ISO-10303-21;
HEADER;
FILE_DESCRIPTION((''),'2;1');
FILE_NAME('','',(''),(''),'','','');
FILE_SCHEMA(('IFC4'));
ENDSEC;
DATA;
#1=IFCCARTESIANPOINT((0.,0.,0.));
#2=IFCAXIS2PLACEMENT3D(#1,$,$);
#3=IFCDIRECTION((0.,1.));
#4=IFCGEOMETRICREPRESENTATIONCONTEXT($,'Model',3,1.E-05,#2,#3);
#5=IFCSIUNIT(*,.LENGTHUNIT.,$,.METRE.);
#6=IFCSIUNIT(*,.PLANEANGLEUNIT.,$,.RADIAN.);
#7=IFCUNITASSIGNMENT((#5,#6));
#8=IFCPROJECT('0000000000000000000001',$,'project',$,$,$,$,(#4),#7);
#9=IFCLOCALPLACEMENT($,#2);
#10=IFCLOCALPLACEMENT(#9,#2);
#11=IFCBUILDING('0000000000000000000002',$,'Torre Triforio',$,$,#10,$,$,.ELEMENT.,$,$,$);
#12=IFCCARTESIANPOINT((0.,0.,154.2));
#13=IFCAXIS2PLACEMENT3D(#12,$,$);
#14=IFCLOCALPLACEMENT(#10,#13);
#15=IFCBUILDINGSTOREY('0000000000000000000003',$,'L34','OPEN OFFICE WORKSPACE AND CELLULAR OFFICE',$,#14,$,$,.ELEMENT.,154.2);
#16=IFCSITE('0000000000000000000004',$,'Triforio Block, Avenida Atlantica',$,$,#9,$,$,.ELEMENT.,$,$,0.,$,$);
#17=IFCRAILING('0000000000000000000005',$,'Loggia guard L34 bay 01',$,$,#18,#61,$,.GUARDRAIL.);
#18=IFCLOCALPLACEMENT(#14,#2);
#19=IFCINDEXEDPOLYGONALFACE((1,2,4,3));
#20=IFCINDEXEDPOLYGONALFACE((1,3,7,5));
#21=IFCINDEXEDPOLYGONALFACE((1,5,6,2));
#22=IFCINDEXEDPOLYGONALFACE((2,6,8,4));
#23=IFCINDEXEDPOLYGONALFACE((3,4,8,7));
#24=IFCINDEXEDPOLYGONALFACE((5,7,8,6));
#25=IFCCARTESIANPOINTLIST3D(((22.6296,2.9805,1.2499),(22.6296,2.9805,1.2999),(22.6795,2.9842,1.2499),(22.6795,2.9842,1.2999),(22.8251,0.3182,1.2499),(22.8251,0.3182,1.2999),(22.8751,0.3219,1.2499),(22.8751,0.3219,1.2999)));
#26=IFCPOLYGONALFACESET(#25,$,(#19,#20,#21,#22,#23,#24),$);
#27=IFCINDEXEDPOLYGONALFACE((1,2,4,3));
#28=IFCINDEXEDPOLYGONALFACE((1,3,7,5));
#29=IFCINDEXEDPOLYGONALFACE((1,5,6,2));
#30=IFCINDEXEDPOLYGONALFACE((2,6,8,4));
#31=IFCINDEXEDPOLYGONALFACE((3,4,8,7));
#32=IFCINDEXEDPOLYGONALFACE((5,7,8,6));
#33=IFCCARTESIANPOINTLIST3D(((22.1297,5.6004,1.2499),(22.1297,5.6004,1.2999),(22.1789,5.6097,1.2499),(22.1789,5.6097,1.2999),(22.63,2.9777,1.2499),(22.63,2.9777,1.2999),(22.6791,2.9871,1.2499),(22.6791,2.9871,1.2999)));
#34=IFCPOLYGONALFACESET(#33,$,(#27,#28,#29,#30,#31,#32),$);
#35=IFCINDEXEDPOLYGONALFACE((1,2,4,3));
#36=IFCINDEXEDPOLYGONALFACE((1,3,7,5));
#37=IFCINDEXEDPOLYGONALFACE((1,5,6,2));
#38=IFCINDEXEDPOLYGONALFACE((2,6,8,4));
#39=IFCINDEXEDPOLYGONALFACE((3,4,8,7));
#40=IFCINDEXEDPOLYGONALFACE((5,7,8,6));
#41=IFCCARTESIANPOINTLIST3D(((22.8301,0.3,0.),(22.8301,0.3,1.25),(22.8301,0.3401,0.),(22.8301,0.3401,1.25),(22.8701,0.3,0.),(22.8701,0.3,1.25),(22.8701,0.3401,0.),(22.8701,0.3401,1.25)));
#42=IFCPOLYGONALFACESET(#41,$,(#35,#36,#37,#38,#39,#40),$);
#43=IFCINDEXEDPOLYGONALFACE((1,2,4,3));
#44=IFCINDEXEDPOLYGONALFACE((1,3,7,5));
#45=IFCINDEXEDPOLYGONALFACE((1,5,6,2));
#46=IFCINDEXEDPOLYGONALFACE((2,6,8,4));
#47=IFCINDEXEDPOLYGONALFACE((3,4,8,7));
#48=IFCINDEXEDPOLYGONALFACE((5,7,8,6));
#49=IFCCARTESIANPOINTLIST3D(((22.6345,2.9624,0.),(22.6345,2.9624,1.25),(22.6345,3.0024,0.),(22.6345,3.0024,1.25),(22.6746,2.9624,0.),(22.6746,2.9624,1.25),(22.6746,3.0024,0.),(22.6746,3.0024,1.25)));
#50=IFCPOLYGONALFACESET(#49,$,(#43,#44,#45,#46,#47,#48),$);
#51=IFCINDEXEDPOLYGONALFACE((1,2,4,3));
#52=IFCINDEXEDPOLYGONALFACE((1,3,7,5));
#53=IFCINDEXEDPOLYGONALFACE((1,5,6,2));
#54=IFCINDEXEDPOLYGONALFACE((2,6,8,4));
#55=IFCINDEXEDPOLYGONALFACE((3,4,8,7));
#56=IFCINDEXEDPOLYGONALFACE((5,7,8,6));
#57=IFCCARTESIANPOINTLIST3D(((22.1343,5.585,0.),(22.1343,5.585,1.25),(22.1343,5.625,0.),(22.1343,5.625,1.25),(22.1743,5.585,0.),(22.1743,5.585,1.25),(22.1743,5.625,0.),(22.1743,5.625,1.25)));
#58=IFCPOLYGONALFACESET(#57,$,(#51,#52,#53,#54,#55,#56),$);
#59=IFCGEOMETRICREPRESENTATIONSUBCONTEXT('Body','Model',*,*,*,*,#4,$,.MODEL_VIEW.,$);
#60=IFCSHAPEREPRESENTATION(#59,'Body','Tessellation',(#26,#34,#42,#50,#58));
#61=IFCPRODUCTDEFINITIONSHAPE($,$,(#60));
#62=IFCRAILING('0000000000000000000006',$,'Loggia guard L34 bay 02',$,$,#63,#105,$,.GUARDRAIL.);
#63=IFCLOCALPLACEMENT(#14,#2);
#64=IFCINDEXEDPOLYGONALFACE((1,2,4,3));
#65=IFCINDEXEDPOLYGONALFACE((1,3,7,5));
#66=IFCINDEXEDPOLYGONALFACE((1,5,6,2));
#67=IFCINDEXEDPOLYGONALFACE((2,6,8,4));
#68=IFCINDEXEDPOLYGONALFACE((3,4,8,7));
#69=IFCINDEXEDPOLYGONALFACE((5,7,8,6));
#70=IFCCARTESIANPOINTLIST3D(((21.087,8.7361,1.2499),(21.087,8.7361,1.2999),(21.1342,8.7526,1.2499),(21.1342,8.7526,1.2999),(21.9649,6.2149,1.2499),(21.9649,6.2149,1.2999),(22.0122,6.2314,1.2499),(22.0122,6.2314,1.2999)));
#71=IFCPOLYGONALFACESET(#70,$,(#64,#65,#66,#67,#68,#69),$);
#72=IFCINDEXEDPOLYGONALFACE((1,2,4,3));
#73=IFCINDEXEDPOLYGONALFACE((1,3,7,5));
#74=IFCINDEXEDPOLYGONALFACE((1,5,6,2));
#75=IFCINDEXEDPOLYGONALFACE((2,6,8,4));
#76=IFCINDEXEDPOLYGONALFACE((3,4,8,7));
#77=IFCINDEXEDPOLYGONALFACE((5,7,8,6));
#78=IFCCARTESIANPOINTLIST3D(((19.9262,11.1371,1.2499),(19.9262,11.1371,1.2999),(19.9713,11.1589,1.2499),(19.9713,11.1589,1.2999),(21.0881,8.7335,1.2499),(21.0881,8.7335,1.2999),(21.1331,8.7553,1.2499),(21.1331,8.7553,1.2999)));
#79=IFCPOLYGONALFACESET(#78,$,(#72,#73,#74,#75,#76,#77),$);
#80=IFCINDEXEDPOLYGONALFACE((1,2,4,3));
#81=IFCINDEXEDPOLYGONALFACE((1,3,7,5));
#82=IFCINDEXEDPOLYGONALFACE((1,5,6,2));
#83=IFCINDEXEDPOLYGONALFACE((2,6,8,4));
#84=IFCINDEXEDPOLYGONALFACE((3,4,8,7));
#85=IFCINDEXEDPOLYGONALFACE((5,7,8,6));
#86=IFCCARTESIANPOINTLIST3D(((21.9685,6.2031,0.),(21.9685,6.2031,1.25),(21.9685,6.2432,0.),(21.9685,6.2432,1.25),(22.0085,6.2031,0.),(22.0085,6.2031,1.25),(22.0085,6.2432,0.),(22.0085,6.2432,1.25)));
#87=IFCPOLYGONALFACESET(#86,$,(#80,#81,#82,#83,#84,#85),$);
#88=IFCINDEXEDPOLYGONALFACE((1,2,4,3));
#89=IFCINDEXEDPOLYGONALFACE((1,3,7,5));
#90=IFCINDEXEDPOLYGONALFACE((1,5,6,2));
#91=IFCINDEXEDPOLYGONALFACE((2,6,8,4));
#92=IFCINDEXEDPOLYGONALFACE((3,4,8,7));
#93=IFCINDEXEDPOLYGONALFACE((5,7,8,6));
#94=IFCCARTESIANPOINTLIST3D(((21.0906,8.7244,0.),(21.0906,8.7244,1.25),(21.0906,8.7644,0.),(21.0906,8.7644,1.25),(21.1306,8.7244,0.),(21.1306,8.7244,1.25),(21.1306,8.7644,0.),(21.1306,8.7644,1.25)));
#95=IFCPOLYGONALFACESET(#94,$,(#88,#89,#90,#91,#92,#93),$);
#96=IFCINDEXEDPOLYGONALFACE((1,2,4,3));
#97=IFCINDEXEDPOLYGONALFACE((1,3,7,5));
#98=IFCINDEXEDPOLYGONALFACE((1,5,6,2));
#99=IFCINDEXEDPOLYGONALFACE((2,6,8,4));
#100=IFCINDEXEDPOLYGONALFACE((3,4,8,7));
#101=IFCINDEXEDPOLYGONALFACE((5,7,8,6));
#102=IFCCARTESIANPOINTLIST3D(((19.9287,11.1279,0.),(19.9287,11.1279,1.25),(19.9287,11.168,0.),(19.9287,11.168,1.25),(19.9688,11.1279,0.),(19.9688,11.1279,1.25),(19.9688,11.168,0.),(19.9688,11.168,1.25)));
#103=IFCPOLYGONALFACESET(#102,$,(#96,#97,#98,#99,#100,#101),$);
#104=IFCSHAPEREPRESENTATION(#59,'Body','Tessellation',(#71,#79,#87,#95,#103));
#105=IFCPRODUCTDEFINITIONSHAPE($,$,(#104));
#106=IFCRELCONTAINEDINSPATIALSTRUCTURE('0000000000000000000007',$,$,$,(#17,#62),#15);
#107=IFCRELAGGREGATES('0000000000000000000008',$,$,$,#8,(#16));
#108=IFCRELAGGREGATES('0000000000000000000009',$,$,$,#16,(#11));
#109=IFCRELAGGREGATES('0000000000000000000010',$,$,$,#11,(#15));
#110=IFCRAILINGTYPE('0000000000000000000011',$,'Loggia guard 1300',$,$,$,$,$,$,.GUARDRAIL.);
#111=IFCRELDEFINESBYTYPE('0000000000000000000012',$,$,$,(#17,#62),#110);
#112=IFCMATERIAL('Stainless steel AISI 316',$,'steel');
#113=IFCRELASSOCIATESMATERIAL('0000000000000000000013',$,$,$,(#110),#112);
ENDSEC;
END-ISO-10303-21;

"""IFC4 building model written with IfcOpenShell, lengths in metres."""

from ifc_helpers import new_model, si_unit, direction, frame, origin, origin_2d, place, context, subcontext, project, spatial, rectangle, extrude, material, type_object, element, save


model = new_model("IFC4")

# Units and contexts
model_context = context("Model", 3, precision=1e-05, world=origin(), true_north=direction((0.0, 1.0)))
body_context = subcontext(model_context, "Body", "Model", "MODEL_VIEW")
ifc_project = project(units=[si_unit("LENGTHUNIT", "METRE"), si_unit("PLANEANGLEUNIT", "RADIAN")], contexts=[model_context])

# Site, building, storey
site_placement = place(None, origin())
site = spatial("IfcSite", under=ifc_project, at=site_placement, Name="Triforio Block, Avenida Atlantica", CompositionType="ELEMENT", RefElevation=0.0)
building_placement = place(site_placement, origin())
building = spatial("IfcBuilding", under=site, at=building_placement, Name="Torre Triforio", CompositionType="ELEMENT")
storey_placement = place(building_placement, frame((0.0, 0.0, 154.2)))
storey = spatial("IfcBuildingStorey", under=building, at=storey_placement, Name="L34", Description="OPEN OFFICE WORKSPACE AND CELLULAR OFFICE", CompositionType="ELEMENT", Elevation=154.2)

# Railings
ifc_material_1 = material(Name="Stainless steel AISI 316", Category="steel")
railing_type = type_object("IfcRailingType", Name="Loggia guard 1300", PredefinedType="GUARDRAIL", material=ifc_material_1)
railing_1_placement = place(storey_placement, frame((22.8501, 0.3201, 0.0)))
element("IfcRailing", 1, at=railing_1_placement, inside=storey, type_object=railing_type, Name="Loggia guard L34 bay 01", PredefinedType="GUARDRAIL", context=body_context, shape_type="SweptSolid", body=[
    extrude(rectangle(XDim=0.05, YDim=0.05, at=origin_2d()), frame((0.0, 0.0, 1.2749), z_axis=(-0.073255, 0.997313, 0.0), x_axis=(-0.997313, -0.073255, 0.0)), (0.0, 0.0, 1.0), 2.6694),
    extrude(rectangle(XDim=0.05, YDim=0.05, at=origin_2d()), frame((-0.1956, 2.6624, 1.2749), z_axis=(-0.187368, 0.98229, 0.0), x_axis=(-0.98229, -0.187368, 0.0)), (0.0, 0.0, 1.0), 2.6699),
    extrude(rectangle(XDim=0.04, YDim=0.04, at=origin_2d()), origin(), (0.0, 0.0, 1.0), 1.25),
    extrude(rectangle(XDim=0.04, YDim=0.04, at=origin_2d()), frame((-0.1956, 2.6624, 0.0)), (0.0, 0.0, 1.0), 1.25),
    extrude(rectangle(XDim=0.04, YDim=0.04, at=origin_2d()), frame((-0.6958, 5.2849, 0.0)), (0.0, 0.0, 1.0), 1.25),
])
railing_2_placement = place(storey_placement, frame((21.9885, 6.2231, 0.0)))
element("IfcRailing", 2, at=railing_2_placement, inside=storey, type_object=railing_type, Name="Loggia guard L34 bay 02", PredefinedType="GUARDRAIL", context=body_context, shape_type="SweptSolid", body=[
    extrude(rectangle(XDim=0.05, YDim=0.05, at=origin_2d()), frame((0.0, 0.0, 1.2749), z_axis=(-0.328847, 0.944383, 0.0), x_axis=(-0.944383, -0.328847, 0.0)), (0.0, 0.0, 1.0), 2.6697),
    extrude(rectangle(XDim=0.05, YDim=0.05, at=origin_2d()), frame((-0.8779, 2.5212, 1.2749), z_axis=(-0.435212, 0.900328, 0.0), x_axis=(-0.900328, -0.435212, 0.0)), (0.0, 0.0, 1.0), 2.6697),
    extrude(rectangle(XDim=0.04, YDim=0.04, at=origin_2d()), origin(), (0.0, 0.0, 1.0), 1.25),
    extrude(rectangle(XDim=0.04, YDim=0.04, at=origin_2d()), frame((-0.8779, 2.5212, 0.0)), (0.0, 0.0, 1.0), 1.25),
    extrude(rectangle(XDim=0.04, YDim=0.04, at=origin_2d()), frame((-2.0398, 4.9248, 0.0)), (0.0, 0.0, 1.0), 1.25),
])

save(model, "model.ifc")
